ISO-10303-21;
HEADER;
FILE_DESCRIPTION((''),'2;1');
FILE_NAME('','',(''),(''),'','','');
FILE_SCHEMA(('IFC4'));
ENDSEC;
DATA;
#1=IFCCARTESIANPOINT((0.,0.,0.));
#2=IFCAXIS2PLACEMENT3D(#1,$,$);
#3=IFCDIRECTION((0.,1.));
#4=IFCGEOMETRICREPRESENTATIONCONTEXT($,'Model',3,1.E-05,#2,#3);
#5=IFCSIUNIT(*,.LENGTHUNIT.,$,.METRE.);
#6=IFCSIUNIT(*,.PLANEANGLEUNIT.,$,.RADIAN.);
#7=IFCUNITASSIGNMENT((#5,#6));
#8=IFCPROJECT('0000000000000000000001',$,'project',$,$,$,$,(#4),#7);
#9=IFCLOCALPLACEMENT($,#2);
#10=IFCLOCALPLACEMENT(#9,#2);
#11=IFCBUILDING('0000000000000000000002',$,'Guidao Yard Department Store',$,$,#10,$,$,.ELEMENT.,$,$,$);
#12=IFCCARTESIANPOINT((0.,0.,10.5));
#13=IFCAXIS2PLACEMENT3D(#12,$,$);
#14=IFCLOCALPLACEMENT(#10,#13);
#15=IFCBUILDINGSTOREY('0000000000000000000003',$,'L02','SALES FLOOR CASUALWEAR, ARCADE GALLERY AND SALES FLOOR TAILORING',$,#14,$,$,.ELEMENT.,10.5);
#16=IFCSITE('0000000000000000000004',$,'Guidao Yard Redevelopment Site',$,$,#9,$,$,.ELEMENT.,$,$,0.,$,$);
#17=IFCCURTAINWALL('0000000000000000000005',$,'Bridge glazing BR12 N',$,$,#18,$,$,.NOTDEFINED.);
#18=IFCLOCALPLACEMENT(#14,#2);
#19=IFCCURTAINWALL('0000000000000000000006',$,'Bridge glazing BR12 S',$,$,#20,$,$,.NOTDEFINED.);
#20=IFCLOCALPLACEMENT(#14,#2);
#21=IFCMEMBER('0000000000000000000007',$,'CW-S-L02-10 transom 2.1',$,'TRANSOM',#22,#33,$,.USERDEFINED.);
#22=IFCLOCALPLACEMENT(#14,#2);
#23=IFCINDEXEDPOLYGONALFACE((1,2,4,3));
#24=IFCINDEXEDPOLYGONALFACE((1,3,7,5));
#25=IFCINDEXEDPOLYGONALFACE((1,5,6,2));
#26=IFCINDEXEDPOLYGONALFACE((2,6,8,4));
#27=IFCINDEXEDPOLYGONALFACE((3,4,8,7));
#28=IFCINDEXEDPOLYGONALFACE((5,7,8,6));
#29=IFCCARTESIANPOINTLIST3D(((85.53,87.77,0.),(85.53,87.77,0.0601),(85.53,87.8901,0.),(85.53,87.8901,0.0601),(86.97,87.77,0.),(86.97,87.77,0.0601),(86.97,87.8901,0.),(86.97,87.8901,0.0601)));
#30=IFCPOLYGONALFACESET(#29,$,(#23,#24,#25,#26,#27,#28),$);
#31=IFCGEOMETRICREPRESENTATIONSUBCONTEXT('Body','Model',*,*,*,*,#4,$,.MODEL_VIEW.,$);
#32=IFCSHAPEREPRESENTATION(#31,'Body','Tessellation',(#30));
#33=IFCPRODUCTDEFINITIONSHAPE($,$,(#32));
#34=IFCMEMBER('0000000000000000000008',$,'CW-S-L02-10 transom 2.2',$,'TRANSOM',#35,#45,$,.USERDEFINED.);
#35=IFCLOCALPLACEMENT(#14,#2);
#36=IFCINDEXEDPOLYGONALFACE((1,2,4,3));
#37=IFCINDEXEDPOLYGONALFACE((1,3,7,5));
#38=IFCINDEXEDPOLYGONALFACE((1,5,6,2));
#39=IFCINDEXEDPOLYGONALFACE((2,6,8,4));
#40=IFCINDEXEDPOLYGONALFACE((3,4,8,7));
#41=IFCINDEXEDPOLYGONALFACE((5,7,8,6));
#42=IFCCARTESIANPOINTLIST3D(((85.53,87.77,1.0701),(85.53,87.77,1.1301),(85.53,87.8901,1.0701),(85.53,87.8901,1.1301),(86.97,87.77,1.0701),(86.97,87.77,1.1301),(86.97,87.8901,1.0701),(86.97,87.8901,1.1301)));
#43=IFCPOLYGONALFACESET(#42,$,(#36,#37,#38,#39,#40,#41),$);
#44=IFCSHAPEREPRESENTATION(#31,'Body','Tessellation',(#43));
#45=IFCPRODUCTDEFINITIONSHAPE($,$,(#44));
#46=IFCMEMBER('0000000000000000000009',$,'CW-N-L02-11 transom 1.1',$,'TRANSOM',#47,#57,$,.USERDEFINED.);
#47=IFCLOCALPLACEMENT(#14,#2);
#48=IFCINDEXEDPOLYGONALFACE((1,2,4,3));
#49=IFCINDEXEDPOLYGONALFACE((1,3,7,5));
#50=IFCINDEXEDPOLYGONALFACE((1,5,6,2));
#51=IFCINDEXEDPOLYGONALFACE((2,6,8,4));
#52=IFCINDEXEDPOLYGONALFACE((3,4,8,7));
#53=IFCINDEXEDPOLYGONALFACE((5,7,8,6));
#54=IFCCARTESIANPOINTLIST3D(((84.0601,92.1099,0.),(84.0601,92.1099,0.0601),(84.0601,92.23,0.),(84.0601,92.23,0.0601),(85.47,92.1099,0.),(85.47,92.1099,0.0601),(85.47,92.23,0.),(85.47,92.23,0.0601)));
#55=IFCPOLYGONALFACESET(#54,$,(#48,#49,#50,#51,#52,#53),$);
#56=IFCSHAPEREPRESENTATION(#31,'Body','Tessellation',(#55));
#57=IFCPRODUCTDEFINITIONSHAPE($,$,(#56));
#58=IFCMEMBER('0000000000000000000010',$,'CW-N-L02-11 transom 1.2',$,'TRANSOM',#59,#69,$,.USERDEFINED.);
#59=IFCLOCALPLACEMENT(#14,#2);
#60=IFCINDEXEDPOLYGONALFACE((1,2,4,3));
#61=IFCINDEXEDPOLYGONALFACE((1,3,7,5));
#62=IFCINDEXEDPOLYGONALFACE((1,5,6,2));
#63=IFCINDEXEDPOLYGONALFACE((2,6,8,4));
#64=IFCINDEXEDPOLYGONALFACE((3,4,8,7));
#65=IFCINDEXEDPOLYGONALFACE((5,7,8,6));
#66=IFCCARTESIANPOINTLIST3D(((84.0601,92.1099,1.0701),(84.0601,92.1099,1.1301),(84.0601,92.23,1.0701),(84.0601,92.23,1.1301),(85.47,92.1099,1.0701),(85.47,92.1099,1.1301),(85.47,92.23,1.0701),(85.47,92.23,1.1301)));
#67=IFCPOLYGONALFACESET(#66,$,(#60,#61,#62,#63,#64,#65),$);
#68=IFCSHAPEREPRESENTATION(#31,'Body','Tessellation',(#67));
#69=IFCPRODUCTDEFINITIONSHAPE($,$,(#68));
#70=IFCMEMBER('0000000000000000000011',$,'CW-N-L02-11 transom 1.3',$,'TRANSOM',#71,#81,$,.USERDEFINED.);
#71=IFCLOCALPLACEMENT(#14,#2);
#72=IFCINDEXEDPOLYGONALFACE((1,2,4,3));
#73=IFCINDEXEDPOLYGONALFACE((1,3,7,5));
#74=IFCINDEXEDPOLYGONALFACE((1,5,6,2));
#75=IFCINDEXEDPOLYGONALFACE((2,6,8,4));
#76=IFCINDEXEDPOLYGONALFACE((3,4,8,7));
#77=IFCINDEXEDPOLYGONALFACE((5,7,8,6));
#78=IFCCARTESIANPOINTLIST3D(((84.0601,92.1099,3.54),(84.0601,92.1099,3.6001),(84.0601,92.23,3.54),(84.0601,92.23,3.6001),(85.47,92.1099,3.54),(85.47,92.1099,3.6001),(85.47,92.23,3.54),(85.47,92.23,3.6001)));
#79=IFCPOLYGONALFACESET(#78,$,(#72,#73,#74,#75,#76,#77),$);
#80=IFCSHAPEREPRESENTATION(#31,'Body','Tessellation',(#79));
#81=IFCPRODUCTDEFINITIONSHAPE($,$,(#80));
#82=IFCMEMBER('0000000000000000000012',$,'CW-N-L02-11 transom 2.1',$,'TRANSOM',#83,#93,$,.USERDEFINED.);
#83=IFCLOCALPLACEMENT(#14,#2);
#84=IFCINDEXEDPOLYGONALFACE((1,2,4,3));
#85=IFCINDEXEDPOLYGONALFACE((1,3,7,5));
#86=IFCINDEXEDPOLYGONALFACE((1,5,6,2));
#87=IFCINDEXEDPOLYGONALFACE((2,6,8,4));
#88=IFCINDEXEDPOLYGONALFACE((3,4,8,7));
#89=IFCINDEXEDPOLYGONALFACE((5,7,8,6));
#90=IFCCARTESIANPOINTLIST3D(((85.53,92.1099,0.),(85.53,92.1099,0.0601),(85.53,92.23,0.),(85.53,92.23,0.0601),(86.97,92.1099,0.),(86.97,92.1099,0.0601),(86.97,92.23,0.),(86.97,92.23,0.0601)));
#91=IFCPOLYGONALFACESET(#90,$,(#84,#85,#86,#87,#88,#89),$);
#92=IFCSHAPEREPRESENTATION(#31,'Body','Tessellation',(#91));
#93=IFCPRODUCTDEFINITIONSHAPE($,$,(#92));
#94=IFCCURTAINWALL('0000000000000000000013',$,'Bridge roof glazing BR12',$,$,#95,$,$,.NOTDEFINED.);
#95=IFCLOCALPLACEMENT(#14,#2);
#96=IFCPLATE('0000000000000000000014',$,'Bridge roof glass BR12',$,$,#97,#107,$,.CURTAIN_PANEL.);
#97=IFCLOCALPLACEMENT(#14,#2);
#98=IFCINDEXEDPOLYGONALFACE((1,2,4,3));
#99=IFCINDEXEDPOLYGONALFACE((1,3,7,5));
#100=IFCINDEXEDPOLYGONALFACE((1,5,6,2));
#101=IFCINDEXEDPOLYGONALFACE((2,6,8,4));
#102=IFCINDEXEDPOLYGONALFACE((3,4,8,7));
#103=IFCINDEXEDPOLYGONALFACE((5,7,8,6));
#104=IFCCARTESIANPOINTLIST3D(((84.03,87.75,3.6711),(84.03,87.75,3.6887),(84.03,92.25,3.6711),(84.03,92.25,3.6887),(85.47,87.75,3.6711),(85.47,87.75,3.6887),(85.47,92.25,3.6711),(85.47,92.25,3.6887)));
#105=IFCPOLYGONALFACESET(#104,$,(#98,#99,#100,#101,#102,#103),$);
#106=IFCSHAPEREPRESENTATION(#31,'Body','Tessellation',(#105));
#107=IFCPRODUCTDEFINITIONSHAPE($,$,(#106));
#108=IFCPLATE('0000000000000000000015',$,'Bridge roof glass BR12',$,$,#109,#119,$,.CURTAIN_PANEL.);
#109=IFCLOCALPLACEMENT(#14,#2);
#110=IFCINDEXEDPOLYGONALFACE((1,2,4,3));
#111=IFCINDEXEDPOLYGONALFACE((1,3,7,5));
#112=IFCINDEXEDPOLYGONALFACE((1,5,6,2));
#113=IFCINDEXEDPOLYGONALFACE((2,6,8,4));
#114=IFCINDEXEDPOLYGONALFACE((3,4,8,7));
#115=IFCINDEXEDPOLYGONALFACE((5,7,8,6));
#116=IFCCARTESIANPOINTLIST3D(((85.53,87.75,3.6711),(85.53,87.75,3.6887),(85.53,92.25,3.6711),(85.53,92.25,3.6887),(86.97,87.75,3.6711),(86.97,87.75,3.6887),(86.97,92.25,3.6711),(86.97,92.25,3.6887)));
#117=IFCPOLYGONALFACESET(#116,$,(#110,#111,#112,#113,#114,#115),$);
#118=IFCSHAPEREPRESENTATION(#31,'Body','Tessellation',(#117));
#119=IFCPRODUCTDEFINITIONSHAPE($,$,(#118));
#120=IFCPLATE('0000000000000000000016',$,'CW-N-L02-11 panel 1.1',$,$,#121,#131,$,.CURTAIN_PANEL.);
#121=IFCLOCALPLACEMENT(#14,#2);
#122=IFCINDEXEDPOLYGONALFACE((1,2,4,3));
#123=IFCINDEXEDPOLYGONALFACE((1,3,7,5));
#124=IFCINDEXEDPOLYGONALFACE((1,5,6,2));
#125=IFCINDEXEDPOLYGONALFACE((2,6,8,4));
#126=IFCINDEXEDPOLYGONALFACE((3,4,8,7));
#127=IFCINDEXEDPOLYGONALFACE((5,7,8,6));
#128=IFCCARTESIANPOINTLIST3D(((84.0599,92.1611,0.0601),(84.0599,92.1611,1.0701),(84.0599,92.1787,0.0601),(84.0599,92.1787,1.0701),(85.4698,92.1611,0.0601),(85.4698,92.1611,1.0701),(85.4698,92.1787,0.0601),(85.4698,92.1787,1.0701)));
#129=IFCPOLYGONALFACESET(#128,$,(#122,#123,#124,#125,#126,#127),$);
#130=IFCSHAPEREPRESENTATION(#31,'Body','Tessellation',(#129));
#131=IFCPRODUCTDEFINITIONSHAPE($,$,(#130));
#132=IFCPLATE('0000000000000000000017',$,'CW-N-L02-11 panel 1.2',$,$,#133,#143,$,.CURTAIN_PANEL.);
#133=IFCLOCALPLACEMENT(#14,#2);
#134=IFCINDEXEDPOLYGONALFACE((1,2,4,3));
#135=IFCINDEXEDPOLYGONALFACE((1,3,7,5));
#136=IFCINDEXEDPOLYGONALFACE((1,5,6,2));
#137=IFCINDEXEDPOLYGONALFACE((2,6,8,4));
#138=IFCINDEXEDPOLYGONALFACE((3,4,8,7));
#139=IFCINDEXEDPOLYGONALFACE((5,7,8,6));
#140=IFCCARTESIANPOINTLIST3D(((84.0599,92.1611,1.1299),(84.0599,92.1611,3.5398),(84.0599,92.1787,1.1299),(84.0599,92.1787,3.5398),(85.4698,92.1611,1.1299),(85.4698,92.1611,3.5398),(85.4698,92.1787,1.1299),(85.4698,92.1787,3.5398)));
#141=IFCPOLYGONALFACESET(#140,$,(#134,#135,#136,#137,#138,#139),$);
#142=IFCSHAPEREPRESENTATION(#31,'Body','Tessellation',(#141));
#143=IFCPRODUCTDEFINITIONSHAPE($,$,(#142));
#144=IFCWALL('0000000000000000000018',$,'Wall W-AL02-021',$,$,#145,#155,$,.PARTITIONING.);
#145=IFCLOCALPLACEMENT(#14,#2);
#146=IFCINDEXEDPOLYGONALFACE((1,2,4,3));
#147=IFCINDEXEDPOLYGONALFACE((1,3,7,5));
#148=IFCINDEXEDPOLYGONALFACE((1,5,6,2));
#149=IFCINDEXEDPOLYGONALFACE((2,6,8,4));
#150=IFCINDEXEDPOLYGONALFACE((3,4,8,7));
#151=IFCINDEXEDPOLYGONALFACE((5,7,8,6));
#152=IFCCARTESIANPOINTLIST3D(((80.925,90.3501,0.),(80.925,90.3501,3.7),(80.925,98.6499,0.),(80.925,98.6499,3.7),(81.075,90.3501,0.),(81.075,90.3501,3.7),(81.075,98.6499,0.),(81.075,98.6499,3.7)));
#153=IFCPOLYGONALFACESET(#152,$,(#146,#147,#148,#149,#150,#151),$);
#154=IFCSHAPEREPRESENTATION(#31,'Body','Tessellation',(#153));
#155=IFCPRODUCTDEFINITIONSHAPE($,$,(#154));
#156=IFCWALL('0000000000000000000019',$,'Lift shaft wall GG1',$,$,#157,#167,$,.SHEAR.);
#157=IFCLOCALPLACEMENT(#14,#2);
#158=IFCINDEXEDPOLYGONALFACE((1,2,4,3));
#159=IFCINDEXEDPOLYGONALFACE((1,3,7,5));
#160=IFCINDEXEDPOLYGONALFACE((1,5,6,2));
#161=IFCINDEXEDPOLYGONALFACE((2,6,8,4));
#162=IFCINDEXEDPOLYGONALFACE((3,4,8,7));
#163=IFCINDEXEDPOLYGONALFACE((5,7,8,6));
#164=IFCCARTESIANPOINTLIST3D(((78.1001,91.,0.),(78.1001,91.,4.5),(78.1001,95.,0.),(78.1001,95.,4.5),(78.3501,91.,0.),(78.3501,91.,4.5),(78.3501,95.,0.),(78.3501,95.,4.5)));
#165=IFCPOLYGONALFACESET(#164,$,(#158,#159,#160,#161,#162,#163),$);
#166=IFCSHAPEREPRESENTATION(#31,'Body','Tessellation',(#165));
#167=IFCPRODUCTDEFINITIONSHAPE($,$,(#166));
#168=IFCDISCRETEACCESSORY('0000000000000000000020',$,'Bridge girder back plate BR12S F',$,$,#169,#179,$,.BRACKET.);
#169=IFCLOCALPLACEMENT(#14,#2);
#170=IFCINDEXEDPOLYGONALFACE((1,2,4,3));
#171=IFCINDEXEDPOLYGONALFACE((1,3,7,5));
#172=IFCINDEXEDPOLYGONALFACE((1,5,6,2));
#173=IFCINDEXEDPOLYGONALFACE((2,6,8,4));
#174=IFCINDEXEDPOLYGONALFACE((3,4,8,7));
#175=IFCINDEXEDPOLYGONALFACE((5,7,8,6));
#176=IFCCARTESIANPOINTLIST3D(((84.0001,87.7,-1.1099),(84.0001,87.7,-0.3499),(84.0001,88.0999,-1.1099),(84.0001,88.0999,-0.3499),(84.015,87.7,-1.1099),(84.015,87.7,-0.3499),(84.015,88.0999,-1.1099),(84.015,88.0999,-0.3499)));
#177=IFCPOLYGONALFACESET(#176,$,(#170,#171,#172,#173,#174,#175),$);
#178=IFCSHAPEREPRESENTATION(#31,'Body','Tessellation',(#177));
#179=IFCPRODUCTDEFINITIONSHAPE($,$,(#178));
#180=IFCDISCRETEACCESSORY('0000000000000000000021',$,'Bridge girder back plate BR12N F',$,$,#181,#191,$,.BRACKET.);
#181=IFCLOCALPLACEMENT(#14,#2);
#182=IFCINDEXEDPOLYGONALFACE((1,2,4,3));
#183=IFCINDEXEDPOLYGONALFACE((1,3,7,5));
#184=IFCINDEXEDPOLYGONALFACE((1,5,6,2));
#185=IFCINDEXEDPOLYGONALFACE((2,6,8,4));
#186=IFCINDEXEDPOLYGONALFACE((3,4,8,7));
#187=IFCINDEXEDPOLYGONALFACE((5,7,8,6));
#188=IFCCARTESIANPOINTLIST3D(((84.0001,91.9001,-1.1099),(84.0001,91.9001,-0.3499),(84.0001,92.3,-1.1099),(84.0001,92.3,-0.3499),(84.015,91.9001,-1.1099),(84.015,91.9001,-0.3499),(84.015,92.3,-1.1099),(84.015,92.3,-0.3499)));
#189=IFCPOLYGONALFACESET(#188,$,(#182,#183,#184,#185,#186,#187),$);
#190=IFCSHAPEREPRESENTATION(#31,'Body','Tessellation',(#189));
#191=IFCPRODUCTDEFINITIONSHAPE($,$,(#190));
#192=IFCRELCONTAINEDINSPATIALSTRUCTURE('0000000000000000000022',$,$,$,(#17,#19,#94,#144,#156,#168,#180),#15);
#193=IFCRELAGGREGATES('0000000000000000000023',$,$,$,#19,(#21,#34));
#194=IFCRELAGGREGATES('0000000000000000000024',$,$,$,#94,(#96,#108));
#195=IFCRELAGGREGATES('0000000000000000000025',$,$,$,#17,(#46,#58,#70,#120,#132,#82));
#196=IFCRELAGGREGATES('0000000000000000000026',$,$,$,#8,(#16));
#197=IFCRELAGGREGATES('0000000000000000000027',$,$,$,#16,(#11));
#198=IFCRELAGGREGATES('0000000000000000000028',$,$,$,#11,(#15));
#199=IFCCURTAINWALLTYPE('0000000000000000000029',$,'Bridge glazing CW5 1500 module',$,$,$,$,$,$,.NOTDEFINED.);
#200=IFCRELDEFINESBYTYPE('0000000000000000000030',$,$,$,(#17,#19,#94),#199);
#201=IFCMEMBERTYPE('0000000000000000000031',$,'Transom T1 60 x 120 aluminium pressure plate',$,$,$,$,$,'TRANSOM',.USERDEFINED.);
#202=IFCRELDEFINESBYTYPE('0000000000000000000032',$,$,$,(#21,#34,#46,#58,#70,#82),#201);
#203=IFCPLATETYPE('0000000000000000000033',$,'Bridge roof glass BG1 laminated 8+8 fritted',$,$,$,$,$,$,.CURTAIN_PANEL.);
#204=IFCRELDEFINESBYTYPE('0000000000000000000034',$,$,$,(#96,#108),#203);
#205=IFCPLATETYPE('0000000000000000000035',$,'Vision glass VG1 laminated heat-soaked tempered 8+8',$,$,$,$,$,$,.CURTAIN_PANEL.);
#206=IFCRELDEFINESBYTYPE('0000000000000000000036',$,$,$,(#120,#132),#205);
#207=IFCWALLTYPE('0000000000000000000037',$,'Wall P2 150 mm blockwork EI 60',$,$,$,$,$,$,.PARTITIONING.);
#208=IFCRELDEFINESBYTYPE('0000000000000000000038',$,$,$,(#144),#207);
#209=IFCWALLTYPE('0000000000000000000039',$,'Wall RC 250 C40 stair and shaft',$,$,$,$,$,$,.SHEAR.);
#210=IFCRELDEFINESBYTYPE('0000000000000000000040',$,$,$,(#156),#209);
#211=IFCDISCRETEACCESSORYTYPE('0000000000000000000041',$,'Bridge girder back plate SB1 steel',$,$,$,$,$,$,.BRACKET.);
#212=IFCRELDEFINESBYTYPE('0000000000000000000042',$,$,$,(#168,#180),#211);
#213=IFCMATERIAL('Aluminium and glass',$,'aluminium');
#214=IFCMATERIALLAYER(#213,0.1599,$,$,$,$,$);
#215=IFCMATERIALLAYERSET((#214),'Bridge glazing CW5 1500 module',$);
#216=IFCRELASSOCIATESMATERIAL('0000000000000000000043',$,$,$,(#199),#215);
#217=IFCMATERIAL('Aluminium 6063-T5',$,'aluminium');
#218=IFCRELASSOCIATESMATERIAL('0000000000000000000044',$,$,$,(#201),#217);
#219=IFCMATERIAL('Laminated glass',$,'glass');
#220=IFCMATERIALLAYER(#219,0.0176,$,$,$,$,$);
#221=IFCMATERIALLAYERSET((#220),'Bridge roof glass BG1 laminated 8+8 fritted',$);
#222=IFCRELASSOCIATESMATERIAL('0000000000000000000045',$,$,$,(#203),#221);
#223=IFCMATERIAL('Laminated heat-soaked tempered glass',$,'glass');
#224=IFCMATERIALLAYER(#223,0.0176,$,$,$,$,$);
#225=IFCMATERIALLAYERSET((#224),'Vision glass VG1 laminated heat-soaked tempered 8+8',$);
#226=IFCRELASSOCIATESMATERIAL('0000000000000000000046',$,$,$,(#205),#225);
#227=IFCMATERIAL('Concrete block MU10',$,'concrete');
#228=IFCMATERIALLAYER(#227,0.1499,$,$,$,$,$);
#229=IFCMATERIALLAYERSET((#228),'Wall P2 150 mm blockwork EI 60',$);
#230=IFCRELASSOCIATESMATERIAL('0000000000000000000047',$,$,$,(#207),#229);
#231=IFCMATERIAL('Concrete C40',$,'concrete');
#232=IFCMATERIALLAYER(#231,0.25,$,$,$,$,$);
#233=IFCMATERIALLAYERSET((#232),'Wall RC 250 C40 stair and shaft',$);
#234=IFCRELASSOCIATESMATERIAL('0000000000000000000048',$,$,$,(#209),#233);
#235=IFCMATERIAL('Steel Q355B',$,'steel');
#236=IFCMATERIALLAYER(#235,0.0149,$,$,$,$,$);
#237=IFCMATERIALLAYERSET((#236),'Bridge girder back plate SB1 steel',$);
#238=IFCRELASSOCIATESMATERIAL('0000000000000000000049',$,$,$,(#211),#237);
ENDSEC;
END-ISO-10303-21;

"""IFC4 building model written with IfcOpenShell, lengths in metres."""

from ifc_helpers import new_model, si_unit, direction, frame, frame_2d, origin, origin_2d, place, context, subcontext, project, spatial, rectangle, extrude, material, layer, layer_set, material_profile, profile_set, type_object, element, aggregate, save


model = new_model("IFC4")

# Units and contexts
model_context = context("Model", 3, precision=1e-05, world=origin(), true_north=direction((0.0, 1.0)))
body_context = subcontext(model_context, "Body", "Model", "MODEL_VIEW")
ifc_project = project(units=[si_unit("LENGTHUNIT", "METRE"), si_unit("PLANEANGLEUNIT", "RADIAN")], contexts=[model_context])

# Site, building, storey
site_placement = place(None, origin())
site = spatial("IfcSite", under=ifc_project, at=site_placement, Name="Guidao Yard Redevelopment Site", CompositionType="ELEMENT", RefElevation=0.0)
building_placement = place(site_placement, origin())
building = spatial("IfcBuilding", under=site, at=building_placement, Name="Guidao Yard Department Store", CompositionType="ELEMENT")
storey_placement = place(building_placement, frame((0.0, 0.0, 10.5)))
storey = spatial("IfcBuildingStorey", under=building, at=storey_placement, Name="L02", Description="SALES FLOOR CASUALWEAR, ARCADE GALLERY AND SALES FLOOR TAILORING", CompositionType="ELEMENT", Elevation=10.5)

# Curtain wall
ifc_material_1 = material(Name="Aluminium and glass", Category="aluminium")
ifc_layer_1 = layer(ifc_material_1, 0.1599)
ifc_layer_set_1 = layer_set([ifc_layer_1], Name="Bridge glazing CW5 1500 module")
curtain_wall_type = type_object("IfcCurtainWallType", Name="Bridge glazing CW5 1500 module", PredefinedType="NOTDEFINED", material=ifc_layer_set_1)
curtain_wall_1_placement = place(storey_placement, origin())
curtain_wall_1 = element("IfcCurtainWall", 1, at=curtain_wall_1_placement, inside=storey, type_object=curtain_wall_type, Name="Bridge glazing BR12 N", PredefinedType="NOTDEFINED")

# Curtain wall, members
curtain_wall_2_placement = place(storey_placement, origin())
curtain_wall_2 = element("IfcCurtainWall", 2, at=curtain_wall_2_placement, inside=storey, type_object=curtain_wall_type, Name="Bridge glazing BR12 S", PredefinedType="NOTDEFINED")
ifc_material_2 = material(Name="Aluminium 6063-T5", Category="aluminium")
ifc_material_profile_1 = material_profile(ifc_material_2, rectangle(XDim=0.1201, YDim=0.0601, at=origin_2d()), Name="Transom T1 60 x 120 aluminium pressure plate")
ifc_profile_set_1 = profile_set([ifc_material_profile_1], Name="Aluminium 6063-T5")
member_type_1 = type_object("IfcMemberType", Name="Transom T1 60 x 120 aluminium pressure plate", ElementType="TRANSOM", PredefinedType="USERDEFINED", material=ifc_profile_set_1)
member_1_placement = place(storey_placement, frame((86.97, 87.8301, 0.03), z_axis=(-1.0, 0.0, 0.0), x_axis=(0.0, -1.0, 0.0)))
member_1 = element("IfcMember", 3, at=member_1_placement, type_object=member_type_1, Name="CW-S-L02-10 transom 2.1", ObjectType="TRANSOM", PredefinedType="USERDEFINED", context=body_context, shape_type="SweptSolid", body=[
    extrude(rectangle(XDim=0.1201, YDim=0.0601, at=origin_2d()), origin(), (0.0, 0.0, 1.0), 1.4399),
])
member_2_placement = place(storey_placement, frame((86.97, 87.8301, 1.1001), z_axis=(-1.0, 0.0, 0.0), x_axis=(0.0, -1.0, 0.0)))
member_2 = element("IfcMember", 4, at=member_2_placement, type_object=member_type_1, Name="CW-S-L02-10 transom 2.2", ObjectType="TRANSOM", PredefinedType="USERDEFINED", context=body_context, shape_type="SweptSolid", body=[
    extrude(rectangle(XDim=0.1201, YDim=0.0601, at=origin_2d()), origin(), (0.0, 0.0, 1.0), 1.4399),
])
aggregate(curtain_wall_2, [member_1, member_2])

# Members
member_3_placement = place(storey_placement, frame((84.0601, 92.1699, 0.03), z_axis=(1.0, 0.0, 0.0), x_axis=(0.0, 1.0, 0.0)))
member_3 = element("IfcMember", 5, at=member_3_placement, type_object=member_type_1, Name="CW-N-L02-11 transom 1.1", ObjectType="TRANSOM", PredefinedType="USERDEFINED", context=body_context, shape_type="SweptSolid", body=[
    extrude(rectangle(XDim=0.1201, YDim=0.0601, at=origin_2d()), origin(), (0.0, 0.0, 1.0), 1.4099),
])
member_4_placement = place(storey_placement, frame((84.0601, 92.1699, 1.1001), z_axis=(1.0, 0.0, 0.0), x_axis=(0.0, 1.0, 0.0)))
member_4 = element("IfcMember", 6, at=member_4_placement, type_object=member_type_1, Name="CW-N-L02-11 transom 1.2", ObjectType="TRANSOM", PredefinedType="USERDEFINED", context=body_context, shape_type="SweptSolid", body=[
    extrude(rectangle(XDim=0.1201, YDim=0.0601, at=origin_2d()), origin(), (0.0, 0.0, 1.0), 1.4099),
])
member_5_placement = place(storey_placement, frame((84.0601, 92.1699, 3.5701), z_axis=(1.0, 0.0, 0.0), x_axis=(0.0, 1.0, 0.0)))
member_5 = element("IfcMember", 7, at=member_5_placement, type_object=member_type_1, Name="CW-N-L02-11 transom 1.3", ObjectType="TRANSOM", PredefinedType="USERDEFINED", context=body_context, shape_type="SweptSolid", body=[
    extrude(rectangle(XDim=0.1201, YDim=0.0601, at=origin_2d()), origin(), (0.0, 0.0, 1.0), 1.4099),
])
member_6_placement = place(storey_placement, frame((85.53, 92.1699, 0.03), z_axis=(1.0, 0.0, 0.0), x_axis=(0.0, 1.0, 0.0)))
member_6 = element("IfcMember", 8, at=member_6_placement, type_object=member_type_1, Name="CW-N-L02-11 transom 2.1", ObjectType="TRANSOM", PredefinedType="USERDEFINED", context=body_context, shape_type="SweptSolid", body=[
    extrude(rectangle(XDim=0.1201, YDim=0.0601, at=origin_2d()), origin(), (0.0, 0.0, 1.0), 1.4399),
])

# Curtain wall, plates
curtain_wall_3_placement = place(storey_placement, origin())
curtain_wall_3 = element("IfcCurtainWall", 9, at=curtain_wall_3_placement, inside=storey, type_object=curtain_wall_type, Name="Bridge roof glazing BR12", PredefinedType="NOTDEFINED")
ifc_material_3 = material(Name="Laminated glass", Category="glass")
ifc_layer_2 = layer(ifc_material_3, 0.0176)
ifc_layer_set_2 = layer_set([ifc_layer_2], Name="Bridge roof glass BG1 laminated 8+8 fritted")
plate_type_1 = type_object("IfcPlateType", Name="Bridge roof glass BG1 laminated 8+8 fritted", PredefinedType="CURTAIN_PANEL", material=ifc_layer_set_2)
plate_1_placement = place(storey_placement, frame((84.75, 90.0, 3.6711), z_axis=(0.0, 0.0, 1.0), x_axis=(1.0, 0.0, 0.0)))
plate_1 = element("IfcPlate", 10, at=plate_1_placement, type_object=plate_type_1, Name="Bridge roof glass BR12", PredefinedType="CURTAIN_PANEL", context=body_context, shape_type="SweptSolid", body=[
    extrude(rectangle(XDim=1.4399, YDim=4.5, at=origin_2d()), origin(), (0.0, 0.0, 1.0), 0.0176),
])
plate_2_placement = place(storey_placement, frame((86.25, 90.0, 3.6711), z_axis=(0.0, 0.0, 1.0), x_axis=(1.0, 0.0, 0.0)))
plate_2 = element("IfcPlate", 11, at=plate_2_placement, type_object=plate_type_1, Name="Bridge roof glass BR12", PredefinedType="CURTAIN_PANEL", context=body_context, shape_type="SweptSolid", body=[
    extrude(rectangle(XDim=1.4399, YDim=4.5, at=origin_2d()), origin(), (0.0, 0.0, 1.0), 0.0176),
])
aggregate(curtain_wall_3, [plate_1, plate_2])

# Plates
ifc_material_4 = material(Name="Laminated heat-soaked tempered glass", Category="glass")
ifc_layer_3 = layer(ifc_material_4, 0.0176)
ifc_layer_set_3 = layer_set([ifc_layer_3], Name="Vision glass VG1 laminated heat-soaked tempered 8+8")
plate_type_2 = type_object("IfcPlateType", Name="Vision glass VG1 laminated heat-soaked tempered 8+8", PredefinedType="CURTAIN_PANEL", material=ifc_layer_set_3)
plate_3_placement = place(storey_placement, frame((84.7649, 92.1699, 0.0601), z_axis=(0.0, 0.0, 1.0), x_axis=(1.0, 0.0, 0.0)))
plate_3 = element("IfcPlate", 12, at=plate_3_placement, type_object=plate_type_2, Name="CW-N-L02-11 panel 1.1", PredefinedType="CURTAIN_PANEL", context=body_context, shape_type="SweptSolid", body=[
    extrude(rectangle(XDim=1.4099, YDim=0.0176, at=origin_2d()), origin(), (0.0, 0.0, 1.0), 1.01),
])
plate_4_placement = place(storey_placement, frame((84.7649, 92.1699, 1.1299), z_axis=(0.0, 0.0, 1.0), x_axis=(1.0, 0.0, 0.0)))
plate_4 = element("IfcPlate", 13, at=plate_4_placement, type_object=plate_type_2, Name="CW-N-L02-11 panel 1.2", PredefinedType="CURTAIN_PANEL", context=body_context, shape_type="SweptSolid", body=[
    extrude(rectangle(XDim=1.4099, YDim=0.0176, at=origin_2d()), origin(), (0.0, 0.0, 1.0), 2.4099),
])
aggregate(curtain_wall_1, [member_3, member_4, member_5, plate_3, plate_4, member_6])

# Walls
ifc_material_5 = material(Name="Concrete block MU10", Category="concrete")
ifc_layer_4 = layer(ifc_material_5, 0.1499)
ifc_layer_set_4 = layer_set([ifc_layer_4], Name="Wall P2 150 mm blockwork EI 60")
wall_type_1 = type_object("IfcWallType", Name="Wall P2 150 mm blockwork EI 60", PredefinedType="PARTITIONING", material=ifc_layer_set_4)
wall_1_placement = place(storey_placement, frame((81.0, 90.3501, 0.0), z_axis=(0.0, 0.0, 1.0), x_axis=(0.0, 1.0, 0.0)))
element("IfcWall", 14, at=wall_1_placement, inside=storey, type_object=wall_type_1, Name="Wall W-AL02-021", PredefinedType="PARTITIONING", context=body_context, shape_type="SweptSolid", body=[
    extrude(rectangle(XDim=8.2998, YDim=0.1499, at=frame_2d((4.1499, 0.0))), origin(), (0.0, 0.0, 1.0), 3.7),
])
ifc_material_6 = material(Name="Concrete C40", Category="concrete")
ifc_layer_5 = layer(ifc_material_6, 0.25)
ifc_layer_set_5 = layer_set([ifc_layer_5], Name="Wall RC 250 C40 stair and shaft")
wall_type_2 = type_object("IfcWallType", Name="Wall RC 250 C40 stair and shaft", PredefinedType="SHEAR", material=ifc_layer_set_5)
wall_2_placement = place(storey_placement, frame((78.2251, 91.0, 0.0), z_axis=(0.0, 0.0, 1.0), x_axis=(0.0, 1.0, 0.0)))
element("IfcWall", 15, at=wall_2_placement, inside=storey, type_object=wall_type_2, Name="Lift shaft wall GG1", PredefinedType="SHEAR", context=body_context, shape_type="SweptSolid", body=[
    extrude(rectangle(XDim=4.0, YDim=0.25, at=frame_2d((2.0, 0.0))), origin(), (0.0, 0.0, 1.0), 4.5),
])

# Discrete accessories
ifc_material_7 = material(Name="Steel Q355B", Category="steel")
ifc_layer_6 = layer(ifc_material_7, 0.0149)
ifc_layer_set_6 = layer_set([ifc_layer_6], Name="Bridge girder back plate SB1 steel")
discrete_accessory_type_1 = type_object("IfcDiscreteAccessoryType", Name="Bridge girder back plate SB1 steel", PredefinedType="BRACKET", material=ifc_layer_set_6)
for number, where, z_axis, x_axis, name in (
    (16, (84.0076, 87.8999, -1.1099), (0.0, 0.0, 1.0), (1.0, 0.0, 0.0), "Bridge girder back plate BR12S F"),
    (17, (84.0076, 92.1001, -1.1099), (0.0, 0.0, 1.0), (1.0, 0.0, 0.0), "Bridge girder back plate BR12N F"),
):
    element("IfcDiscreteAccessory", number, at=place(storey_placement, frame(where, z_axis=z_axis, x_axis=x_axis)), inside=storey, type_object=discrete_accessory_type_1, Name=name, PredefinedType="BRACKET", context=body_context, shape_type="SweptSolid", body=[
        extrude(rectangle(XDim=0.0149, YDim=0.3999, at=origin_2d()), origin(), (0.0, 0.0, 1.0), 0.76),
    ])

save(model, "model.ifc")
